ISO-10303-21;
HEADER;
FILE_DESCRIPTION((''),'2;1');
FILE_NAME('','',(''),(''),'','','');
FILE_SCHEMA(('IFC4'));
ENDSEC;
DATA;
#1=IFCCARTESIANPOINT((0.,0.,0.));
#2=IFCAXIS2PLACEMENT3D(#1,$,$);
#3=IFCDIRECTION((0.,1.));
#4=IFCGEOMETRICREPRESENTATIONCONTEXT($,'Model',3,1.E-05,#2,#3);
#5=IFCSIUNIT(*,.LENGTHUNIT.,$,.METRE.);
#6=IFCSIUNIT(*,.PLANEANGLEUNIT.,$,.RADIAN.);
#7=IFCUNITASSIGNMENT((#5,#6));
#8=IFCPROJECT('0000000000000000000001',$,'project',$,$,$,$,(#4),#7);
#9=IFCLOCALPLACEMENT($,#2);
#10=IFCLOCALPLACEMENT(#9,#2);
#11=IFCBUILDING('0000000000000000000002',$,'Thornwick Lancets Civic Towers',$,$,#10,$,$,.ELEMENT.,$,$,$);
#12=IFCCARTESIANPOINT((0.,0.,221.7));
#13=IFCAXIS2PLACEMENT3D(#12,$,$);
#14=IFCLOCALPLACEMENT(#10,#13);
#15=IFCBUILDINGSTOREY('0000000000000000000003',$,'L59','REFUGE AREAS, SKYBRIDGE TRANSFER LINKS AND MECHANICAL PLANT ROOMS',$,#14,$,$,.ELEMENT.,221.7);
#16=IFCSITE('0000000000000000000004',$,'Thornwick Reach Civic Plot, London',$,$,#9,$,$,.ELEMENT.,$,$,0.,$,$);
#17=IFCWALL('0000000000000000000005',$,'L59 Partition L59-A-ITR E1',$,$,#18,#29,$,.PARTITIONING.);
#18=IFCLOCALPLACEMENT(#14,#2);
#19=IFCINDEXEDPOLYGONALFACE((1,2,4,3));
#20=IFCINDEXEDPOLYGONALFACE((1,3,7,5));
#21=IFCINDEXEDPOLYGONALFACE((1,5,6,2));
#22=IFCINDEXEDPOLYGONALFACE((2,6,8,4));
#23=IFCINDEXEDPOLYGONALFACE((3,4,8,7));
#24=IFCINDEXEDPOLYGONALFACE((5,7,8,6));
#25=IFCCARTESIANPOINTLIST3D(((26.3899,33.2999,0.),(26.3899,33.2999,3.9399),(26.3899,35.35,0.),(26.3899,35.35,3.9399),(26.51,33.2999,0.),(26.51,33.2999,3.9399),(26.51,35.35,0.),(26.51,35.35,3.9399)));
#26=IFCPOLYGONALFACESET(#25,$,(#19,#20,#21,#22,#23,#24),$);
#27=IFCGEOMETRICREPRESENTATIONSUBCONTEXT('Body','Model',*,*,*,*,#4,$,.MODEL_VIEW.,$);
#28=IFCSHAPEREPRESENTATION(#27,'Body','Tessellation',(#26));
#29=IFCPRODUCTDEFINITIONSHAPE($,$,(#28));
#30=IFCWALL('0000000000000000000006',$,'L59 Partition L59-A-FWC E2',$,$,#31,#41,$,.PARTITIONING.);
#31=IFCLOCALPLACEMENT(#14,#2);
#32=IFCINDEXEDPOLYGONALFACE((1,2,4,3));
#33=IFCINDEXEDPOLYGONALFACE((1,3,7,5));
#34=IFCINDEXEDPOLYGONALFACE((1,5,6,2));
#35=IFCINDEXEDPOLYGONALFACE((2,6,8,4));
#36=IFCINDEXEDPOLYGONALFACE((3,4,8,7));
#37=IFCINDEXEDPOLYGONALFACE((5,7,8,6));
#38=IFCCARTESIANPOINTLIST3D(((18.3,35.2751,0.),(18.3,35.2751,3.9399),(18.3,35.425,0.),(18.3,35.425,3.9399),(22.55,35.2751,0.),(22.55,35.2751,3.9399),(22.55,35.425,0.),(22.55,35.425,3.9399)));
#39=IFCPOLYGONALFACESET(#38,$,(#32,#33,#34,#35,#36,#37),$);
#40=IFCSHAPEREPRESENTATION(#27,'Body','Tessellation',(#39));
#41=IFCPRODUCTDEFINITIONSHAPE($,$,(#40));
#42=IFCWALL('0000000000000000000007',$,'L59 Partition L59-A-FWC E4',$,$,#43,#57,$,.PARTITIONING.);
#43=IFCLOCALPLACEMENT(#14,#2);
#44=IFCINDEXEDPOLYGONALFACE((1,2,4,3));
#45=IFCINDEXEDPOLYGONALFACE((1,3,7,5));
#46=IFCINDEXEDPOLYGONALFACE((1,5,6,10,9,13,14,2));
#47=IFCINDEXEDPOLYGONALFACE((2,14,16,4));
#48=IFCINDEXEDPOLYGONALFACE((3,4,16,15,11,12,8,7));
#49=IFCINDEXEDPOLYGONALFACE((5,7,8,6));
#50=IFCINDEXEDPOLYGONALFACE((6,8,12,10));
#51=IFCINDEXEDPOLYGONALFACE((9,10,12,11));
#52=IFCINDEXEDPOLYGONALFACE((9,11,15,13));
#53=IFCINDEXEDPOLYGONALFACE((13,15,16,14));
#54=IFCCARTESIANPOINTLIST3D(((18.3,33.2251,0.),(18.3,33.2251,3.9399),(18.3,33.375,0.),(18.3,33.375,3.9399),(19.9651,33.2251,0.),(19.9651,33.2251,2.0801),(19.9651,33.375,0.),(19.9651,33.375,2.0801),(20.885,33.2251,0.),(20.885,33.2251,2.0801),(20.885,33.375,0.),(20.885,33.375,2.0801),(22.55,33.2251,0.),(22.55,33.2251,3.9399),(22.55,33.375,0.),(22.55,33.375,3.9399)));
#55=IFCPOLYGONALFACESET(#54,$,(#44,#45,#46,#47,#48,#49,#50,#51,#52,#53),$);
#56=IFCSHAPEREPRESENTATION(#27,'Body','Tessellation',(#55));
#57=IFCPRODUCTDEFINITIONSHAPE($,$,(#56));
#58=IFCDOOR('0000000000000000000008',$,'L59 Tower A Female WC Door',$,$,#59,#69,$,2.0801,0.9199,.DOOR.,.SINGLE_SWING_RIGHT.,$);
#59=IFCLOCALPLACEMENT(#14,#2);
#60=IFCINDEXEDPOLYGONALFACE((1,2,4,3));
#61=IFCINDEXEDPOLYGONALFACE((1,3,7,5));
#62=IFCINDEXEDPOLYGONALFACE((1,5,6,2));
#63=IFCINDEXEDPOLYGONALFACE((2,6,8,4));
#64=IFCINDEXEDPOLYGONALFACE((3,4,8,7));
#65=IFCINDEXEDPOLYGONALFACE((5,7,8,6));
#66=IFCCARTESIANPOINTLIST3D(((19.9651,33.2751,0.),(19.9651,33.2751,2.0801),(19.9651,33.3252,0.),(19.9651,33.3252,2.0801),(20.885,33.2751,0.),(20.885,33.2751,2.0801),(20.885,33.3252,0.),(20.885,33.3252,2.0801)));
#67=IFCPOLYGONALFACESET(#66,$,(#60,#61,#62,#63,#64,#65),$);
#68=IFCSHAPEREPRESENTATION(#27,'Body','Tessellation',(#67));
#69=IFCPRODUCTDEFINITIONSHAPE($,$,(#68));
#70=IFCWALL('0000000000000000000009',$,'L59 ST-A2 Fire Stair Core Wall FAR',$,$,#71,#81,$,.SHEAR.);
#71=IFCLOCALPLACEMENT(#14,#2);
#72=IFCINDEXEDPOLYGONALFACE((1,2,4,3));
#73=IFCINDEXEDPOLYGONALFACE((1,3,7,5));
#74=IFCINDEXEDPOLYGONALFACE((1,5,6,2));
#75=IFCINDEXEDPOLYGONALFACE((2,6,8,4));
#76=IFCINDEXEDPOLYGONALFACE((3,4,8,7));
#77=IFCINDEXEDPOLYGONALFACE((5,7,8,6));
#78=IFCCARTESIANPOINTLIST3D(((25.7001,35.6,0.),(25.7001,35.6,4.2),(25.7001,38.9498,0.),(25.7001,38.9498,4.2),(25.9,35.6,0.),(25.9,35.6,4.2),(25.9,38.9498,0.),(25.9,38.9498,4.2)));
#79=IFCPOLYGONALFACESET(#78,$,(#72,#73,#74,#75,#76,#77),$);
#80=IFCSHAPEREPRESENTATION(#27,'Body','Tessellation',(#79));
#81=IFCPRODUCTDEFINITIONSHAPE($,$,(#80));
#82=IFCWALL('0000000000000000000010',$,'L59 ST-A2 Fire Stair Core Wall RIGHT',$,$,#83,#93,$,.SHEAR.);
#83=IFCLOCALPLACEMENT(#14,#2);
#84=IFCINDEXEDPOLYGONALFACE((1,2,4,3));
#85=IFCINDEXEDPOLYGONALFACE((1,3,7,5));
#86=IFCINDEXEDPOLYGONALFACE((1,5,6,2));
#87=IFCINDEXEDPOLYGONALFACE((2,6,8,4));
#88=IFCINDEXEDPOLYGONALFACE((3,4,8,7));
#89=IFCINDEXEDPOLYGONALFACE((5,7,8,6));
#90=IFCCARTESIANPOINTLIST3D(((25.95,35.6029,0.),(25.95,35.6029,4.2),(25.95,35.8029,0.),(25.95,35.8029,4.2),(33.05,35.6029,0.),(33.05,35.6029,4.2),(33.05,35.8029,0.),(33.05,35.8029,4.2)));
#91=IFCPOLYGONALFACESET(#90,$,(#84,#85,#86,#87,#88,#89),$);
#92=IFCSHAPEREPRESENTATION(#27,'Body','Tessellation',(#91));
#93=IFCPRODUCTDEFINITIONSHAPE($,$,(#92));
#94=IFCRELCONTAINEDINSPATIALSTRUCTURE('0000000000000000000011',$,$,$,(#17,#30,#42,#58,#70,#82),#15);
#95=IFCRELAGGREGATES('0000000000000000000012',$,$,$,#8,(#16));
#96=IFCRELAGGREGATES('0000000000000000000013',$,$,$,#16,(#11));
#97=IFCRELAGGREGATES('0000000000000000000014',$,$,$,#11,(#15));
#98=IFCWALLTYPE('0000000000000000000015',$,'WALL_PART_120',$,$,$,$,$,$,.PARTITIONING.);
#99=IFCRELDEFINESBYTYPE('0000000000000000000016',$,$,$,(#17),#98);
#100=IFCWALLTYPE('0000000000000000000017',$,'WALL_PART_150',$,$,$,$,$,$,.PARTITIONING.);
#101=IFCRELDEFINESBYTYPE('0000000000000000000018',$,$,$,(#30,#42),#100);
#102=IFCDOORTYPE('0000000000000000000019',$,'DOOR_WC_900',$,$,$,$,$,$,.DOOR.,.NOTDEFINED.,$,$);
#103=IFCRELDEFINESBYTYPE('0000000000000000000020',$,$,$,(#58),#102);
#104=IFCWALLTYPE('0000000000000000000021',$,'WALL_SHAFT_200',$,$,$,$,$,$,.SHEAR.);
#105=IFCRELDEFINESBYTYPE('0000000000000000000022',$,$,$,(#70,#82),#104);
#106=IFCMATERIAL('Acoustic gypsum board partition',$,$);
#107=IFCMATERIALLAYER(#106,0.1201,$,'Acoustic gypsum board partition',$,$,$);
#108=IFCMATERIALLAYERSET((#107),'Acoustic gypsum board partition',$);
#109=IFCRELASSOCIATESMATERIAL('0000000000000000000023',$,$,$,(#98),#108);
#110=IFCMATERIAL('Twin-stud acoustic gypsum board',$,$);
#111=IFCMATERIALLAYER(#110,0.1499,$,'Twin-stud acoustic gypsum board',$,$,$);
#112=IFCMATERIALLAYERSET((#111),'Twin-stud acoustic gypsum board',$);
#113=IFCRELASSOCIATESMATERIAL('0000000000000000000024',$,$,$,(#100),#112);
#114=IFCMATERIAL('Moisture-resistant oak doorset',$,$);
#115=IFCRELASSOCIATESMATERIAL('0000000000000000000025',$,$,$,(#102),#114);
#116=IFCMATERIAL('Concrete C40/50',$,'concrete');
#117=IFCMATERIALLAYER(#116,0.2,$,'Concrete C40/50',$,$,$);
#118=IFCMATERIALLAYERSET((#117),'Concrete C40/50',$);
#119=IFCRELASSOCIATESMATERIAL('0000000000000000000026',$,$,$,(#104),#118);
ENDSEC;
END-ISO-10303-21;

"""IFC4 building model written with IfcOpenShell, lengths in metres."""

from ifc_helpers import new_model, si_unit, direction, frame, frame_2d, origin, place, context, subcontext, project, spatial, rectangle, extrude, material, layer, layer_set, type_object, element, fill, save


model = new_model("IFC4")

# Units and contexts
model_context = context("Model", 3, precision=1e-05, world=origin(), true_north=direction((0.0, 1.0)))
body_context = subcontext(model_context, "Body", "Model", "MODEL_VIEW")
ifc_project = project(units=[si_unit("LENGTHUNIT", "METRE"), si_unit("PLANEANGLEUNIT", "RADIAN")], contexts=[model_context])

# Site, building, storey
site_placement = place(None, origin())
site = spatial("IfcSite", under=ifc_project, at=site_placement, Name="Thornwick Reach Civic Plot, London", CompositionType="ELEMENT", RefElevation=0.0)
building_placement = place(site_placement, origin())
building = spatial("IfcBuilding", under=site, at=building_placement, Name="Thornwick Lancets Civic Towers", CompositionType="ELEMENT")
storey_placement = place(building_placement, frame((0.0, 0.0, 221.7)))
storey = spatial("IfcBuildingStorey", under=building, at=storey_placement, Name="L59", Description="REFUGE AREAS, SKYBRIDGE TRANSFER LINKS AND MECHANICAL PLANT ROOMS", CompositionType="ELEMENT", Elevation=221.7)

# Walls
ifc_material_1 = material(Name="Acoustic gypsum board partition")
ifc_layer_1 = layer(ifc_material_1, 0.1201, Name="Acoustic gypsum board partition")
ifc_layer_set_1 = layer_set([ifc_layer_1], Name="Acoustic gypsum board partition")
wall_type_1 = type_object("IfcWallType", Name="WALL_PART_120", PredefinedType="PARTITIONING", material=ifc_layer_set_1)
wall_1_placement = place(storey_placement, frame((26.45, 33.3, 0.0), z_axis=(0.0, 0.0, 1.0), x_axis=(0.0, 1.0, 0.0)))
element("IfcWall", 1, at=wall_1_placement, inside=storey, type_object=wall_type_1, Name="L59 Partition L59-A-ITR E1", PredefinedType="PARTITIONING", context=body_context, shape_type="SweptSolid", body=[
    extrude(rectangle(XDim=2.05, YDim=0.1201, at=frame_2d((1.0249, 0.0))), origin(), (0.0, 0.0, 1.0), 3.9399),
])
ifc_material_2 = material(Name="Twin-stud acoustic gypsum board")
ifc_layer_2 = layer(ifc_material_2, 0.1499, Name="Twin-stud acoustic gypsum board")
ifc_layer_set_2 = layer_set([ifc_layer_2], Name="Twin-stud acoustic gypsum board")
wall_type_2 = type_object("IfcWallType", Name="WALL_PART_150", PredefinedType="PARTITIONING", material=ifc_layer_set_2)
wall_2_placement = place(storey_placement, frame((18.3, 35.3501, 0.0), z_axis=(0.0, 0.0, 1.0), x_axis=(1.0, 0.0, 0.0)))
element("IfcWall", 2, at=wall_2_placement, inside=storey, type_object=wall_type_2, Name="L59 Partition L59-A-FWC E2", PredefinedType="PARTITIONING", context=body_context, shape_type="SweptSolid", body=[
    extrude(rectangle(XDim=4.25, YDim=0.1499, at=frame_2d((2.125, 0.0))), origin(), (0.0, 0.0, 1.0), 3.9399),
])

# Wall, opening, door
wall_3_placement = place(storey_placement, frame((22.55, 33.3, 0.0), z_axis=(0.0, 0.0, 1.0), x_axis=(-1.0, 0.0, 0.0)))
wall_3 = element("IfcWall", 3, at=wall_3_placement, inside=storey, type_object=wall_type_2, Name="L59 Partition L59-A-FWC E4", PredefinedType="PARTITIONING", context=body_context, shape_type="SweptSolid", body=[
    extrude(rectangle(XDim=4.25, YDim=0.1499, at=frame_2d((2.125, 0.0))), origin(), (0.0, 0.0, 1.0), 3.9399),
])
opening_1_placement = place(wall_3_placement, frame((1.665, 0.0, 0.0)))
opening_1 = element("IfcOpeningElement", 4, at=opening_1_placement, cuts=wall_3, PredefinedType="OPENING", context=body_context, shape_type="SweptSolid", body=[
    extrude(rectangle(XDim=0.9199, YDim=2.0801, at=frame_2d((0.46, 1.04))), frame((0.0, 0.085, 0.0), z_axis=(0.0, -1.0, 0.0), x_axis=(1.0, 0.0, 0.0)), (0.0, 0.0, 1.0), 0.1699),
])
ifc_material_3 = material(Name="Moisture-resistant oak doorset")
door_type_1 = type_object("IfcDoorType", Name="DOOR_WC_900", OperationType="NOTDEFINED", PredefinedType="DOOR", material=ifc_material_3)
door_1_placement = place(opening_1_placement, origin())
door_1 = element("IfcDoor", 5, at=door_1_placement, inside=storey, type_object=door_type_1, Name="L59 Tower A Female WC Door", OperationType="SINGLE_SWING_RIGHT", OverallHeight=2.0801, OverallWidth=0.9199, PredefinedType="DOOR", context=body_context, shape_type="SweptSolid", body=[
    extrude(rectangle(XDim=0.9199, YDim=2.0801, at=frame_2d((0.46, 1.04))), frame((0.0, 0.0249, 0.0), z_axis=(0.0, -1.0, 0.0), x_axis=(1.0, 0.0, 0.0)), (0.0, 0.0, 1.0), 0.05),
])
fill(opening_1, door_1)

# Walls
ifc_material_4 = material(Name="Concrete C40/50", Category="concrete")
ifc_layer_3 = layer(ifc_material_4, 0.2, Name="Concrete C40/50")
ifc_layer_set_3 = layer_set([ifc_layer_3], Name="Concrete C40/50")
wall_type_3 = type_object("IfcWallType", Name="WALL_SHAFT_200", PredefinedType="SHEAR", material=ifc_layer_set_3)
wall_4_placement = place(storey_placement, frame((25.8, 35.6001, 0.0), z_axis=(0.0, 0.0, 1.0), x_axis=(0.0, 1.0, 0.0)))
element("IfcWall", 6, at=wall_4_placement, inside=storey, type_object=wall_type_3, Name="L59 ST-A2 Fire Stair Core Wall FAR", PredefinedType="SHEAR", context=body_context, shape_type="SweptSolid", body=[
    extrude(rectangle(XDim=3.3499, YDim=0.2, at=frame_2d((1.6748, 0.0))), origin(), (0.0, 0.0, 1.0), 4.2),
])
wall_5_placement = place(storey_placement, frame((25.95, 35.7029, 0.0), z_axis=(0.0, 0.0, 1.0), x_axis=(1.0, 0.0, 0.0)))
element("IfcWall", 7, at=wall_5_placement, inside=storey, type_object=wall_type_3, Name="L59 ST-A2 Fire Stair Core Wall RIGHT", PredefinedType="SHEAR", context=body_context, shape_type="SweptSolid", body=[
    extrude(rectangle(XDim=7.1001, YDim=0.2, at=frame_2d((3.55, 0.0))), origin(), (0.0, 0.0, 1.0), 4.2),
])

save(model, "model.ifc")
